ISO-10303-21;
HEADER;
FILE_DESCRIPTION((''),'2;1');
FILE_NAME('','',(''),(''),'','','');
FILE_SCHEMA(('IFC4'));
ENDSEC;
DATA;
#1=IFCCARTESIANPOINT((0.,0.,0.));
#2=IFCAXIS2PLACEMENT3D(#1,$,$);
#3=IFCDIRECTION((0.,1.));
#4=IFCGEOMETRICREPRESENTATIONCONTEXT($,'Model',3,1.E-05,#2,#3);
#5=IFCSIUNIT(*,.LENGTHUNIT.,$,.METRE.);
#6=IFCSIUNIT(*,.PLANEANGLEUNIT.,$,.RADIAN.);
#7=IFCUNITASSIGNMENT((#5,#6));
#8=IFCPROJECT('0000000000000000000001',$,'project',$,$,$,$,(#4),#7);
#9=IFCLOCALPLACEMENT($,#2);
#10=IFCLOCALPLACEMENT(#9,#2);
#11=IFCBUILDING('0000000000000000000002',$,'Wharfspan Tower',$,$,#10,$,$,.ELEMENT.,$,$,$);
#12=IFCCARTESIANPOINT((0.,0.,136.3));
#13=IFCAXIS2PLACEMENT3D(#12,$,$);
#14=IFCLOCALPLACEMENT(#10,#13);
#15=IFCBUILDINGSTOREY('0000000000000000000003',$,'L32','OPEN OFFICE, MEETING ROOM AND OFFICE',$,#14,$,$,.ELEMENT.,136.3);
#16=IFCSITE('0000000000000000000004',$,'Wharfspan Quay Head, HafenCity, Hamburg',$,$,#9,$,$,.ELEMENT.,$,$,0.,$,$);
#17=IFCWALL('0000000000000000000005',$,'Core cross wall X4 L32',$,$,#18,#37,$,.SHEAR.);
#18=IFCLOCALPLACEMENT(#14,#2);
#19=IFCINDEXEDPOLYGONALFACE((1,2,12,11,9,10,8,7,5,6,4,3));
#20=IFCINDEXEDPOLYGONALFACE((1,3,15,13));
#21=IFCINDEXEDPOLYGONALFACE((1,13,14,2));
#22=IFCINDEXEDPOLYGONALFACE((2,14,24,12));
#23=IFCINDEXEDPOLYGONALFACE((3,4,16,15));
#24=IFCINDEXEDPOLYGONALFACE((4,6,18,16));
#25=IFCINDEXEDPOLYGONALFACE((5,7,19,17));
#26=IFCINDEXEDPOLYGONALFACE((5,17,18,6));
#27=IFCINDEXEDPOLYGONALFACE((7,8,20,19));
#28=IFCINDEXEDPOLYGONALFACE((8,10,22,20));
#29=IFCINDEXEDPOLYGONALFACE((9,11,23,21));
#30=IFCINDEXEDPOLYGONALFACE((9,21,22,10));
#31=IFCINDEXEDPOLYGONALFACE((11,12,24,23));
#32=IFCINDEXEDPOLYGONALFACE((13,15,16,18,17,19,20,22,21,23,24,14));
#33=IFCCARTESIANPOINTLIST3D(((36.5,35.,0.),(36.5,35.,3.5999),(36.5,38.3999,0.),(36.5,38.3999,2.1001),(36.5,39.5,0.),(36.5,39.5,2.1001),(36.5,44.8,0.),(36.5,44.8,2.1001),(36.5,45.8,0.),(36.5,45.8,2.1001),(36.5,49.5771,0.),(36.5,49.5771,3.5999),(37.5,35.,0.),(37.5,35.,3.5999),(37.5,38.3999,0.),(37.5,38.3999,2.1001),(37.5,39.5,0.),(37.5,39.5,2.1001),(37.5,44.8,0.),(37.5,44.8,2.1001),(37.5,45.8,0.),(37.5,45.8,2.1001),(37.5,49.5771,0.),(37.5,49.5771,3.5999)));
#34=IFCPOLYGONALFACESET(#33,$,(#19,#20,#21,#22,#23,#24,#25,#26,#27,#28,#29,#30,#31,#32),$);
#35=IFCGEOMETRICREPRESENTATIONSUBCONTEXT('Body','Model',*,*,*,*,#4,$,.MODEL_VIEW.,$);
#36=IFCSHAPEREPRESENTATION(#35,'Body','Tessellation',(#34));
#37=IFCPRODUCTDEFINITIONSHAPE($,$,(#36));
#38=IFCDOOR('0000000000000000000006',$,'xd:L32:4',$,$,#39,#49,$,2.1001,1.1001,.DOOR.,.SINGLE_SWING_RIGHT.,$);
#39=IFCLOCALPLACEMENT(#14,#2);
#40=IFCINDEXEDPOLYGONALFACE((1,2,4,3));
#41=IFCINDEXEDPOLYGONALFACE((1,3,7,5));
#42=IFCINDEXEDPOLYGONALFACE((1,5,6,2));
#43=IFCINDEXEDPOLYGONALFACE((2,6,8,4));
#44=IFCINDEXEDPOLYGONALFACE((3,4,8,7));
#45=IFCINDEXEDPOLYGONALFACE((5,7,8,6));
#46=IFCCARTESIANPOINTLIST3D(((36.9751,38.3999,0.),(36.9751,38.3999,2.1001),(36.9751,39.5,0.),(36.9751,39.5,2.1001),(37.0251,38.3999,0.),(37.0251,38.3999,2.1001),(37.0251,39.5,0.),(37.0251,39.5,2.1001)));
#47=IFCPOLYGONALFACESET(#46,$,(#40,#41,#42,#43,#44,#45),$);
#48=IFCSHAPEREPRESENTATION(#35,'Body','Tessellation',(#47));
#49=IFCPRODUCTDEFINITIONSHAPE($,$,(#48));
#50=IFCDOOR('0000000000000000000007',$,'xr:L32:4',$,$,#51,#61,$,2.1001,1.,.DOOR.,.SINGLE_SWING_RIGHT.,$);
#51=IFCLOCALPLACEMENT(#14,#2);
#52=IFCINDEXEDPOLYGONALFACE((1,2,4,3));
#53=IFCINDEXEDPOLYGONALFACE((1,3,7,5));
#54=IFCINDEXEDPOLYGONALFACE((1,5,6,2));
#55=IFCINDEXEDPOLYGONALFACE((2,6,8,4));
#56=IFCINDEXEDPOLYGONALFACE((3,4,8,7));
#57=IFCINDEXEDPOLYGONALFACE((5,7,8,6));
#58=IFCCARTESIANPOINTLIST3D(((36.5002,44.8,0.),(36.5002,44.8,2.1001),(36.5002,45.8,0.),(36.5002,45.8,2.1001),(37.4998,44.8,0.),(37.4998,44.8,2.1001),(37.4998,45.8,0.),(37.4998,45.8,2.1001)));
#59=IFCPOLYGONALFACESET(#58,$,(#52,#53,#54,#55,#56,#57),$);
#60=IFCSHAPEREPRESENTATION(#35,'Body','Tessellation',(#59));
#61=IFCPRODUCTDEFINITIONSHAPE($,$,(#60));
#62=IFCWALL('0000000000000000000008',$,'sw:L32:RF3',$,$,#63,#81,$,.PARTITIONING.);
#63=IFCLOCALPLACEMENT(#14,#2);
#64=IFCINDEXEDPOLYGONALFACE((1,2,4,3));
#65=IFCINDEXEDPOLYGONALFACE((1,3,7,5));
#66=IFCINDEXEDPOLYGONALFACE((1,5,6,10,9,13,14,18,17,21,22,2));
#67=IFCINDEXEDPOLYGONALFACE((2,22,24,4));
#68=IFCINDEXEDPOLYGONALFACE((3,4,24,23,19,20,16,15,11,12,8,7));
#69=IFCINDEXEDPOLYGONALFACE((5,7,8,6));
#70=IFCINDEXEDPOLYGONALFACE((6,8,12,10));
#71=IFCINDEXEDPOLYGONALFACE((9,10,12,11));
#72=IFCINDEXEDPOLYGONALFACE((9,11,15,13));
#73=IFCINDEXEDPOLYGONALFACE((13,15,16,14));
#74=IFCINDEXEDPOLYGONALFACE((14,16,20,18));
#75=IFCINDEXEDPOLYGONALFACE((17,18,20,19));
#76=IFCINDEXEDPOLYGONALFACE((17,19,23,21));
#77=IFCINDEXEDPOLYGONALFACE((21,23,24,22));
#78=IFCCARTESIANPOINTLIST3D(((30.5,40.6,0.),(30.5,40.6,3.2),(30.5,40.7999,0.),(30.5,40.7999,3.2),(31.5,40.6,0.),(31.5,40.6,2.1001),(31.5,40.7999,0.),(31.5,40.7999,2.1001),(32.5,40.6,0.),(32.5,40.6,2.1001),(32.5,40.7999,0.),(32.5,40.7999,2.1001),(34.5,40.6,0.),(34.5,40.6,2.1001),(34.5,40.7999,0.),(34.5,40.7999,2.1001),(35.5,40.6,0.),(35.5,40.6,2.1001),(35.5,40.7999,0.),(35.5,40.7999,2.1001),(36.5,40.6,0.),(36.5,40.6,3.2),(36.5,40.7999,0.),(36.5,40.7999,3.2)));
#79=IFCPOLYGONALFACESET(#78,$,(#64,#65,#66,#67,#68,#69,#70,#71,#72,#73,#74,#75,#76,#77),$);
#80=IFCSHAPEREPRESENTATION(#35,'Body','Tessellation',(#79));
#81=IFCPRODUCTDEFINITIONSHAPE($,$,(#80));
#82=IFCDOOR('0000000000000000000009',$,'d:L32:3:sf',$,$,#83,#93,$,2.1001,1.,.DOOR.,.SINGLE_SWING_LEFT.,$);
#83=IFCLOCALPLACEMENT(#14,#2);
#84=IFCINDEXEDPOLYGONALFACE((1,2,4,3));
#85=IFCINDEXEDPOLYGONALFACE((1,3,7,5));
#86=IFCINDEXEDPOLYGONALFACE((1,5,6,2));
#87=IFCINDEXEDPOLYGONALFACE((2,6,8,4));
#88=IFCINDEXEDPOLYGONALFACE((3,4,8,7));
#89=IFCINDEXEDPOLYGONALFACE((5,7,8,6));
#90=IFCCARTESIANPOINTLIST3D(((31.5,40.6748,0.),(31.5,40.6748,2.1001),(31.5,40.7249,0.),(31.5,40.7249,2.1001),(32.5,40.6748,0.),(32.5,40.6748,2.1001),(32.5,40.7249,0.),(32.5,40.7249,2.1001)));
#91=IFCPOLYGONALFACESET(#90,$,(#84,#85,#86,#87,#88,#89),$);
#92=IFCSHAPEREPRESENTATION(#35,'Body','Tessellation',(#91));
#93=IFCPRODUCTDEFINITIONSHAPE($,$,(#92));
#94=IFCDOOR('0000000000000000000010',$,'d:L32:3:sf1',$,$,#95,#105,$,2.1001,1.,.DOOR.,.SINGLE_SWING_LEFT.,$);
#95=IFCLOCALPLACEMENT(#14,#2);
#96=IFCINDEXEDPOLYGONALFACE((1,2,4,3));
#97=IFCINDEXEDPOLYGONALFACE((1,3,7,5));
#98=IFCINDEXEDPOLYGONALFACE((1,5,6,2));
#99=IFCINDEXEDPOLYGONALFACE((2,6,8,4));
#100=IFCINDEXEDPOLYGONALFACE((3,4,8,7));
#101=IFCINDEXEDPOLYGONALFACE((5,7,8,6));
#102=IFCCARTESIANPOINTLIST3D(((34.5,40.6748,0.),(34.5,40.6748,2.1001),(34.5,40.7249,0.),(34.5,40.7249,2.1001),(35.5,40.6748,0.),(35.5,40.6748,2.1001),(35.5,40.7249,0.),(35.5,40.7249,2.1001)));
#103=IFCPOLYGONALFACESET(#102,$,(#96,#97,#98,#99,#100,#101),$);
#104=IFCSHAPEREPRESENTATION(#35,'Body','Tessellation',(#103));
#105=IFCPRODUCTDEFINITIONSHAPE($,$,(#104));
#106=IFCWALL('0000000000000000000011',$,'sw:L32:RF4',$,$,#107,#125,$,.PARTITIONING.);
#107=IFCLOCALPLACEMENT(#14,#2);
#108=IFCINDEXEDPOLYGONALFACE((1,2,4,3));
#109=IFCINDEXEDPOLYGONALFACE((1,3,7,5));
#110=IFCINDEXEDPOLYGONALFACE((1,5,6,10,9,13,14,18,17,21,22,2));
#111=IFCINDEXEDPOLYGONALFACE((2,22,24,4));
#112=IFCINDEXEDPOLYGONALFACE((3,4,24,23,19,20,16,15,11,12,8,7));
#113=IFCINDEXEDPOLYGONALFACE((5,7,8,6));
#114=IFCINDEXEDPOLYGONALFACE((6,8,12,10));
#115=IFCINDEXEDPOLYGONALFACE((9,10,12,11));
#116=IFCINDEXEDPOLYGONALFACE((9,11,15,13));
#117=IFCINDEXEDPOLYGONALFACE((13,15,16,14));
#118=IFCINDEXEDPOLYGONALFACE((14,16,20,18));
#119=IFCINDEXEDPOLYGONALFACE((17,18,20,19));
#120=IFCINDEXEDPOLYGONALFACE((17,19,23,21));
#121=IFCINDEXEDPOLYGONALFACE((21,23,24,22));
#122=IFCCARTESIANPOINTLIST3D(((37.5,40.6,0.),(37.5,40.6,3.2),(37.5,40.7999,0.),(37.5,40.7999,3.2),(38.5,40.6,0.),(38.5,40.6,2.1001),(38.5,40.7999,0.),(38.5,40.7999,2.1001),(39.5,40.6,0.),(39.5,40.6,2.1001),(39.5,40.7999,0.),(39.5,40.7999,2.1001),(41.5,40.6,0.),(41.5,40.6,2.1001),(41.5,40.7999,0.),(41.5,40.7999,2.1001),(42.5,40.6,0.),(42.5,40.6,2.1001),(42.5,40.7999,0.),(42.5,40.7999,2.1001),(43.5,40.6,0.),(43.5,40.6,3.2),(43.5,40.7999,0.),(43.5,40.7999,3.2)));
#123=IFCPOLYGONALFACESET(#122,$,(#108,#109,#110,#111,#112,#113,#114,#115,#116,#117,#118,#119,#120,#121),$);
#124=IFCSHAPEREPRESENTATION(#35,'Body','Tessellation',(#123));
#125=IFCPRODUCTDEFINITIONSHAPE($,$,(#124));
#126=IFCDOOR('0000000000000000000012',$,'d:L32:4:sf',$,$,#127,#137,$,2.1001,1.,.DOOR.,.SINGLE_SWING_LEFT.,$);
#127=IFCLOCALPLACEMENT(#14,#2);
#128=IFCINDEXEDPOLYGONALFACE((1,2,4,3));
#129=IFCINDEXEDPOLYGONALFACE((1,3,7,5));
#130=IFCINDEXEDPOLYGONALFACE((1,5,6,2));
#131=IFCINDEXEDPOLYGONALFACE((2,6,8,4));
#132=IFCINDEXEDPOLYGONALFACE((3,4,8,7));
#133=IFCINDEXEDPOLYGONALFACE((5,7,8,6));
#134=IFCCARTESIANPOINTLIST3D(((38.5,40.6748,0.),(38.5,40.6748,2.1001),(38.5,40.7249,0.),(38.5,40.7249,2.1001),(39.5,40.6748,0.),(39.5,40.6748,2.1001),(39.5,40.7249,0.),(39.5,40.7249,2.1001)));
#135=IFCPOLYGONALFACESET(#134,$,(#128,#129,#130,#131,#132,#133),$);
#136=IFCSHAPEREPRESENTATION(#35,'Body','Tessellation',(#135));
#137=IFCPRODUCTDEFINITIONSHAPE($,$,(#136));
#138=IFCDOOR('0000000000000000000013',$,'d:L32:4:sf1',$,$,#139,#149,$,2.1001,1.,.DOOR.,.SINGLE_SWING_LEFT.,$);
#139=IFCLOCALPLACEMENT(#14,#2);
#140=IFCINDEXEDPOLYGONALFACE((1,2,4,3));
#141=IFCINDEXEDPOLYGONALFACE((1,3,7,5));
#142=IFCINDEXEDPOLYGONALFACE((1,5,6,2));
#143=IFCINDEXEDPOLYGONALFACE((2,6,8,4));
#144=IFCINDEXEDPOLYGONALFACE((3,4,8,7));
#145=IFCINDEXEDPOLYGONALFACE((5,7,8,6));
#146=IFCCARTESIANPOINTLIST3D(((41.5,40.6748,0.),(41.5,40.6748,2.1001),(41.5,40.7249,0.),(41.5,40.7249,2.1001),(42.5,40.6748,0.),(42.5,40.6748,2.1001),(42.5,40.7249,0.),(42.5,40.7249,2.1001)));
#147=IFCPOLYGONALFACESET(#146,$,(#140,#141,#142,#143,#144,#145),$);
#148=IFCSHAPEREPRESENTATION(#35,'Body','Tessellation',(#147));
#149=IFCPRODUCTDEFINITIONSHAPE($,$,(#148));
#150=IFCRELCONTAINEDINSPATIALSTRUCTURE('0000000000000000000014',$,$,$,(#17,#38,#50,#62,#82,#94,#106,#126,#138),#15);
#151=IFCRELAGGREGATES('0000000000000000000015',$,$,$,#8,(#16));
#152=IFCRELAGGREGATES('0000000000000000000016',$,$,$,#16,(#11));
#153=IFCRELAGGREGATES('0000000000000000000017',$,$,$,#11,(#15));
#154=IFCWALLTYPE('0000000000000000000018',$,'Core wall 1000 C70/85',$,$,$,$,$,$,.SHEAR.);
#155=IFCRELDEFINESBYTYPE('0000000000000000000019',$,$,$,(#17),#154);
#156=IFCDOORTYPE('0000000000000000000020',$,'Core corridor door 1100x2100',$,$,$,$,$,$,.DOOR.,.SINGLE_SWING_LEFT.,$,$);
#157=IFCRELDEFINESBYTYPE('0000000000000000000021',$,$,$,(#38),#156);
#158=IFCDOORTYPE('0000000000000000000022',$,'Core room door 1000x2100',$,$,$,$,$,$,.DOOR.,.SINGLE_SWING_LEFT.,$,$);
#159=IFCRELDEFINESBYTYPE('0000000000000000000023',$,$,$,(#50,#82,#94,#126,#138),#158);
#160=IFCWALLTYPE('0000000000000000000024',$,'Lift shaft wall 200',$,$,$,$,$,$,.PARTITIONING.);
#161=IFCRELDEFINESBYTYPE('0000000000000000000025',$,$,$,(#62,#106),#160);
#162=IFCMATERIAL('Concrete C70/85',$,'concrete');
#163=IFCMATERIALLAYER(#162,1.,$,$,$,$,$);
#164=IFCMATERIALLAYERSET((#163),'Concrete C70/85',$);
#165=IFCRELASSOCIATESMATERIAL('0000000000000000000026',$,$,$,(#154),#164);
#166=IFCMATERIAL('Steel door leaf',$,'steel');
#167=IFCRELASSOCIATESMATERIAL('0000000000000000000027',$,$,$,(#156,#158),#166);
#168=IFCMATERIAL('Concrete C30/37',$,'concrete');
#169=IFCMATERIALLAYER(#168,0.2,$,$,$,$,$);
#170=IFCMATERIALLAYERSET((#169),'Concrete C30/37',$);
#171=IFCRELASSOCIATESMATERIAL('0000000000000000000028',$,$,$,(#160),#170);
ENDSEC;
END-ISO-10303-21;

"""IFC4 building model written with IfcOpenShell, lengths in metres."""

from ifc_helpers import new_model, si_unit, direction, frame, frame_2d, origin, place, context, subcontext, project, spatial, rectangle, extrude, material, layer, layer_set, type_object, element, fill, save


model = new_model("IFC4")

# Units and contexts
model_context = context("Model", 3, precision=1e-05, world=origin(), true_north=direction((0.0, 1.0)))
body_context = subcontext(model_context, "Body", "Model", "MODEL_VIEW")
ifc_project = project(units=[si_unit("LENGTHUNIT", "METRE"), si_unit("PLANEANGLEUNIT", "RADIAN")], contexts=[model_context])

# Site, building, storey
site_placement = place(None, origin())
site = spatial("IfcSite", under=ifc_project, at=site_placement, Name="Wharfspan Quay Head, HafenCity, Hamburg", CompositionType="ELEMENT", RefElevation=0.0)
building_placement = place(site_placement, origin())
building = spatial("IfcBuilding", under=site, at=building_placement, Name="Wharfspan Tower", CompositionType="ELEMENT")
storey_placement = place(building_placement, frame((0.0, 0.0, 136.3)))
storey = spatial("IfcBuildingStorey", under=building, at=storey_placement, Name="L32", Description="OPEN OFFICE, MEETING ROOM AND OFFICE", CompositionType="ELEMENT", Elevation=136.3)

# Walls, openings, doors
ifc_material_1 = material(Name="Concrete C70/85", Category="concrete")
ifc_layer_1 = layer(ifc_material_1, 1.0)
ifc_layer_set_1 = layer_set([ifc_layer_1], Name="Concrete C70/85")
wall_type_1 = type_object("IfcWallType", Name="Core wall 1000 C70/85", PredefinedType="SHEAR", material=ifc_layer_set_1)
wall_1_placement = place(storey_placement, frame((37.0, 35.0, 0.0), z_axis=(0.0, 0.0, 1.0), x_axis=(0.0, 1.0, 0.0)))
wall_1 = element("IfcWall", 1, at=wall_1_placement, inside=storey, type_object=wall_type_1, Name="Core cross wall X4 L32", PredefinedType="SHEAR", context=body_context, shape_type="SweptSolid", body=[
    extrude(rectangle(XDim=14.5771, YDim=1.0, at=frame_2d((7.2886, 0.0))), origin(), (0.0, 0.0, 1.0), 3.5999),
])
opening_1_placement = place(wall_1_placement, frame((3.3999, 0.0, 0.0)))
opening_1 = element("IfcOpeningElement", 2, at=opening_1_placement, cuts=wall_1, PredefinedType="OPENING", context=body_context, shape_type="SweptSolid", body=[
    extrude(rectangle(XDim=1.1001, YDim=2.1001, at=frame_2d((0.55, 1.05))), frame((0.0, 0.51, 0.0), z_axis=(0.0, -1.0, 0.0), x_axis=(1.0, 0.0, 0.0)), (0.0, 0.0, 1.0), 1.02),
])
opening_2_placement = place(wall_1_placement, frame((9.8, 0.0, 0.0)))
opening_2 = element("IfcOpeningElement", 3, at=opening_2_placement, cuts=wall_1, PredefinedType="OPENING", context=body_context, shape_type="SweptSolid", body=[
    extrude(rectangle(XDim=1.0, YDim=2.1001, at=frame_2d((0.5, 1.05))), frame((0.0, 0.51, 0.0), z_axis=(0.0, -1.0, 0.0), x_axis=(1.0, 0.0, 0.0)), (0.0, 0.0, 1.0), 1.02),
])
ifc_material_2 = material(Name="Steel door leaf", Category="steel")
door_type_1 = type_object("IfcDoorType", Name="Core corridor door 1100x2100", OperationType="SINGLE_SWING_LEFT", PredefinedType="DOOR", material=ifc_material_2)
door_1_placement = place(opening_1_placement, origin())
door_1 = element("IfcDoor", 4, at=door_1_placement, inside=storey, type_object=door_type_1, Name="xd:L32:4", OperationType="SINGLE_SWING_RIGHT", OverallHeight=2.1001, OverallWidth=1.1001, PredefinedType="DOOR", context=body_context, shape_type="SweptSolid", body=[
    extrude(rectangle(XDim=1.1001, YDim=2.1001, at=frame_2d((0.55, 1.05))), frame((0.0, 0.0249, 0.0), z_axis=(0.0, -1.0, 0.0), x_axis=(1.0, 0.0, 0.0)), (0.0, 0.0, 1.0), 0.05),
])
fill(opening_1, door_1)
door_type_2 = type_object("IfcDoorType", Name="Core room door 1000x2100", OperationType="SINGLE_SWING_LEFT", PredefinedType="DOOR", material=ifc_material_2)
door_2_placement = place(opening_2_placement, origin())
door_2 = element("IfcDoor", 5, at=door_2_placement, inside=storey, type_object=door_type_2, Name="xr:L32:4", OperationType="SINGLE_SWING_RIGHT", OverallHeight=2.1001, OverallWidth=1.0, PredefinedType="DOOR", context=body_context, shape_type="SweptSolid", body=[
    extrude(rectangle(XDim=1.0, YDim=2.1001, at=frame_2d((0.5, 1.05))), frame((0.0, 0.4998, 0.0), z_axis=(0.0, -1.0, 0.0), x_axis=(1.0, 0.0, 0.0)), (0.0, 0.0, 1.0), 0.9995),
])
fill(opening_2, door_2)
ifc_material_3 = material(Name="Concrete C30/37", Category="concrete")
ifc_layer_2 = layer(ifc_material_3, 0.2)
ifc_layer_set_2 = layer_set([ifc_layer_2], Name="Concrete C30/37")
wall_type_2 = type_object("IfcWallType", Name="Lift shaft wall 200", PredefinedType="PARTITIONING", material=ifc_layer_set_2)
wall_2_placement = place(storey_placement, frame((30.5, 40.7, 0.0), z_axis=(0.0, 0.0, 1.0), x_axis=(1.0, 0.0, 0.0)))
wall_2 = element("IfcWall", 6, at=wall_2_placement, inside=storey, type_object=wall_type_2, Name="sw:L32:RF3", PredefinedType="PARTITIONING", context=body_context, shape_type="SweptSolid", body=[
    extrude(rectangle(XDim=6.0, YDim=0.2, at=frame_2d((3.0, 0.0))), origin(), (0.0, 0.0, 1.0), 3.2),
])
opening_3_placement = place(wall_2_placement, frame((1.0, 0.0, 0.0)))
opening_3 = element("IfcOpeningElement", 7, at=opening_3_placement, cuts=wall_2, PredefinedType="OPENING", context=body_context, shape_type="SweptSolid", body=[
    extrude(rectangle(XDim=1.0, YDim=2.1001, at=frame_2d((0.5, 1.05))), frame((0.0, 0.1099, 0.0), z_axis=(0.0, -1.0, 0.0), x_axis=(1.0, 0.0, 0.0)), (0.0, 0.0, 1.0), 0.22),
])
opening_4_placement = place(wall_2_placement, frame((4.0, 0.0, 0.0)))
opening_4 = element("IfcOpeningElement", 8, at=opening_4_placement, cuts=wall_2, PredefinedType="OPENING", context=body_context, shape_type="SweptSolid", body=[
    extrude(rectangle(XDim=1.0, YDim=2.1001, at=frame_2d((0.5, 1.05))), frame((0.0, 0.1099, 0.0), z_axis=(0.0, -1.0, 0.0), x_axis=(1.0, 0.0, 0.0)), (0.0, 0.0, 1.0), 0.22),
])
door_3_placement = place(opening_3_placement, origin())
door_3 = element("IfcDoor", 9, at=door_3_placement, inside=storey, type_object=door_type_2, Name="d:L32:3:sf", OperationType="SINGLE_SWING_LEFT", OverallHeight=2.1001, OverallWidth=1.0, PredefinedType="DOOR", context=body_context, shape_type="SweptSolid", body=[
    extrude(rectangle(XDim=1.0, YDim=2.1001, at=frame_2d((0.5, 1.05))), frame((0.0, 0.0249, 0.0), z_axis=(0.0, -1.0, 0.0), x_axis=(1.0, 0.0, 0.0)), (0.0, 0.0, 1.0), 0.05),
])
fill(opening_3, door_3)
door_4_placement = place(opening_4_placement, origin())
door_4 = element("IfcDoor", 10, at=door_4_placement, inside=storey, type_object=door_type_2, Name="d:L32:3:sf1", OperationType="SINGLE_SWING_LEFT", OverallHeight=2.1001, OverallWidth=1.0, PredefinedType="DOOR", context=body_context, shape_type="SweptSolid", body=[
    extrude(rectangle(XDim=1.0, YDim=2.1001, at=frame_2d((0.5, 1.05))), frame((0.0, 0.0249, 0.0), z_axis=(0.0, -1.0, 0.0), x_axis=(1.0, 0.0, 0.0)), (0.0, 0.0, 1.0), 0.05),
])
fill(opening_4, door_4)
wall_3_placement = place(storey_placement, frame((37.5, 40.7, 0.0), z_axis=(0.0, 0.0, 1.0), x_axis=(1.0, 0.0, 0.0)))
wall_3 = element("IfcWall", 11, at=wall_3_placement, inside=storey, type_object=wall_type_2, Name="sw:L32:RF4", PredefinedType="PARTITIONING", context=body_context, shape_type="SweptSolid", body=[
    extrude(rectangle(XDim=6.0, YDim=0.2, at=frame_2d((3.0, 0.0))), origin(), (0.0, 0.0, 1.0), 3.2),
])
opening_5_placement = place(wall_3_placement, frame((1.0, 0.0, 0.0)))
opening_5 = element("IfcOpeningElement", 12, at=opening_5_placement, cuts=wall_3, PredefinedType="OPENING", context=body_context, shape_type="SweptSolid", body=[
    extrude(rectangle(XDim=1.0, YDim=2.1001, at=frame_2d((0.5, 1.05))), frame((0.0, 0.1099, 0.0), z_axis=(0.0, -1.0, 0.0), x_axis=(1.0, 0.0, 0.0)), (0.0, 0.0, 1.0), 0.22),
])
opening_6_placement = place(wall_3_placement, frame((4.0, 0.0, 0.0)))
opening_6 = element("IfcOpeningElement", 13, at=opening_6_placement, cuts=wall_3, PredefinedType="OPENING", context=body_context, shape_type="SweptSolid", body=[
    extrude(rectangle(XDim=1.0, YDim=2.1001, at=frame_2d((0.5, 1.05))), frame((0.0, 0.1099, 0.0), z_axis=(0.0, -1.0, 0.0), x_axis=(1.0, 0.0, 0.0)), (0.0, 0.0, 1.0), 0.22),
])
door_5_placement = place(opening_5_placement, origin())
door_5 = element("IfcDoor", 14, at=door_5_placement, inside=storey, type_object=door_type_2, Name="d:L32:4:sf", OperationType="SINGLE_SWING_LEFT", OverallHeight=2.1001, OverallWidth=1.0, PredefinedType="DOOR", context=body_context, shape_type="SweptSolid", body=[
    extrude(rectangle(XDim=1.0, YDim=2.1001, at=frame_2d((0.5, 1.05))), frame((0.0, 0.0249, 0.0), z_axis=(0.0, -1.0, 0.0), x_axis=(1.0, 0.0, 0.0)), (0.0, 0.0, 1.0), 0.05),
])
fill(opening_5, door_5)
door_6_placement = place(opening_6_placement, origin())
door_6 = element("IfcDoor", 15, at=door_6_placement, inside=storey, type_object=door_type_2, Name="d:L32:4:sf1", OperationType="SINGLE_SWING_LEFT", OverallHeight=2.1001, OverallWidth=1.0, PredefinedType="DOOR", context=body_context, shape_type="SweptSolid", body=[
    extrude(rectangle(XDim=1.0, YDim=2.1001, at=frame_2d((0.5, 1.05))), frame((0.0, 0.0249, 0.0), z_axis=(0.0, -1.0, 0.0), x_axis=(1.0, 0.0, 0.0)), (0.0, 0.0, 1.0), 0.05),
])
fill(opening_6, door_6)

save(model, "model.ifc")
